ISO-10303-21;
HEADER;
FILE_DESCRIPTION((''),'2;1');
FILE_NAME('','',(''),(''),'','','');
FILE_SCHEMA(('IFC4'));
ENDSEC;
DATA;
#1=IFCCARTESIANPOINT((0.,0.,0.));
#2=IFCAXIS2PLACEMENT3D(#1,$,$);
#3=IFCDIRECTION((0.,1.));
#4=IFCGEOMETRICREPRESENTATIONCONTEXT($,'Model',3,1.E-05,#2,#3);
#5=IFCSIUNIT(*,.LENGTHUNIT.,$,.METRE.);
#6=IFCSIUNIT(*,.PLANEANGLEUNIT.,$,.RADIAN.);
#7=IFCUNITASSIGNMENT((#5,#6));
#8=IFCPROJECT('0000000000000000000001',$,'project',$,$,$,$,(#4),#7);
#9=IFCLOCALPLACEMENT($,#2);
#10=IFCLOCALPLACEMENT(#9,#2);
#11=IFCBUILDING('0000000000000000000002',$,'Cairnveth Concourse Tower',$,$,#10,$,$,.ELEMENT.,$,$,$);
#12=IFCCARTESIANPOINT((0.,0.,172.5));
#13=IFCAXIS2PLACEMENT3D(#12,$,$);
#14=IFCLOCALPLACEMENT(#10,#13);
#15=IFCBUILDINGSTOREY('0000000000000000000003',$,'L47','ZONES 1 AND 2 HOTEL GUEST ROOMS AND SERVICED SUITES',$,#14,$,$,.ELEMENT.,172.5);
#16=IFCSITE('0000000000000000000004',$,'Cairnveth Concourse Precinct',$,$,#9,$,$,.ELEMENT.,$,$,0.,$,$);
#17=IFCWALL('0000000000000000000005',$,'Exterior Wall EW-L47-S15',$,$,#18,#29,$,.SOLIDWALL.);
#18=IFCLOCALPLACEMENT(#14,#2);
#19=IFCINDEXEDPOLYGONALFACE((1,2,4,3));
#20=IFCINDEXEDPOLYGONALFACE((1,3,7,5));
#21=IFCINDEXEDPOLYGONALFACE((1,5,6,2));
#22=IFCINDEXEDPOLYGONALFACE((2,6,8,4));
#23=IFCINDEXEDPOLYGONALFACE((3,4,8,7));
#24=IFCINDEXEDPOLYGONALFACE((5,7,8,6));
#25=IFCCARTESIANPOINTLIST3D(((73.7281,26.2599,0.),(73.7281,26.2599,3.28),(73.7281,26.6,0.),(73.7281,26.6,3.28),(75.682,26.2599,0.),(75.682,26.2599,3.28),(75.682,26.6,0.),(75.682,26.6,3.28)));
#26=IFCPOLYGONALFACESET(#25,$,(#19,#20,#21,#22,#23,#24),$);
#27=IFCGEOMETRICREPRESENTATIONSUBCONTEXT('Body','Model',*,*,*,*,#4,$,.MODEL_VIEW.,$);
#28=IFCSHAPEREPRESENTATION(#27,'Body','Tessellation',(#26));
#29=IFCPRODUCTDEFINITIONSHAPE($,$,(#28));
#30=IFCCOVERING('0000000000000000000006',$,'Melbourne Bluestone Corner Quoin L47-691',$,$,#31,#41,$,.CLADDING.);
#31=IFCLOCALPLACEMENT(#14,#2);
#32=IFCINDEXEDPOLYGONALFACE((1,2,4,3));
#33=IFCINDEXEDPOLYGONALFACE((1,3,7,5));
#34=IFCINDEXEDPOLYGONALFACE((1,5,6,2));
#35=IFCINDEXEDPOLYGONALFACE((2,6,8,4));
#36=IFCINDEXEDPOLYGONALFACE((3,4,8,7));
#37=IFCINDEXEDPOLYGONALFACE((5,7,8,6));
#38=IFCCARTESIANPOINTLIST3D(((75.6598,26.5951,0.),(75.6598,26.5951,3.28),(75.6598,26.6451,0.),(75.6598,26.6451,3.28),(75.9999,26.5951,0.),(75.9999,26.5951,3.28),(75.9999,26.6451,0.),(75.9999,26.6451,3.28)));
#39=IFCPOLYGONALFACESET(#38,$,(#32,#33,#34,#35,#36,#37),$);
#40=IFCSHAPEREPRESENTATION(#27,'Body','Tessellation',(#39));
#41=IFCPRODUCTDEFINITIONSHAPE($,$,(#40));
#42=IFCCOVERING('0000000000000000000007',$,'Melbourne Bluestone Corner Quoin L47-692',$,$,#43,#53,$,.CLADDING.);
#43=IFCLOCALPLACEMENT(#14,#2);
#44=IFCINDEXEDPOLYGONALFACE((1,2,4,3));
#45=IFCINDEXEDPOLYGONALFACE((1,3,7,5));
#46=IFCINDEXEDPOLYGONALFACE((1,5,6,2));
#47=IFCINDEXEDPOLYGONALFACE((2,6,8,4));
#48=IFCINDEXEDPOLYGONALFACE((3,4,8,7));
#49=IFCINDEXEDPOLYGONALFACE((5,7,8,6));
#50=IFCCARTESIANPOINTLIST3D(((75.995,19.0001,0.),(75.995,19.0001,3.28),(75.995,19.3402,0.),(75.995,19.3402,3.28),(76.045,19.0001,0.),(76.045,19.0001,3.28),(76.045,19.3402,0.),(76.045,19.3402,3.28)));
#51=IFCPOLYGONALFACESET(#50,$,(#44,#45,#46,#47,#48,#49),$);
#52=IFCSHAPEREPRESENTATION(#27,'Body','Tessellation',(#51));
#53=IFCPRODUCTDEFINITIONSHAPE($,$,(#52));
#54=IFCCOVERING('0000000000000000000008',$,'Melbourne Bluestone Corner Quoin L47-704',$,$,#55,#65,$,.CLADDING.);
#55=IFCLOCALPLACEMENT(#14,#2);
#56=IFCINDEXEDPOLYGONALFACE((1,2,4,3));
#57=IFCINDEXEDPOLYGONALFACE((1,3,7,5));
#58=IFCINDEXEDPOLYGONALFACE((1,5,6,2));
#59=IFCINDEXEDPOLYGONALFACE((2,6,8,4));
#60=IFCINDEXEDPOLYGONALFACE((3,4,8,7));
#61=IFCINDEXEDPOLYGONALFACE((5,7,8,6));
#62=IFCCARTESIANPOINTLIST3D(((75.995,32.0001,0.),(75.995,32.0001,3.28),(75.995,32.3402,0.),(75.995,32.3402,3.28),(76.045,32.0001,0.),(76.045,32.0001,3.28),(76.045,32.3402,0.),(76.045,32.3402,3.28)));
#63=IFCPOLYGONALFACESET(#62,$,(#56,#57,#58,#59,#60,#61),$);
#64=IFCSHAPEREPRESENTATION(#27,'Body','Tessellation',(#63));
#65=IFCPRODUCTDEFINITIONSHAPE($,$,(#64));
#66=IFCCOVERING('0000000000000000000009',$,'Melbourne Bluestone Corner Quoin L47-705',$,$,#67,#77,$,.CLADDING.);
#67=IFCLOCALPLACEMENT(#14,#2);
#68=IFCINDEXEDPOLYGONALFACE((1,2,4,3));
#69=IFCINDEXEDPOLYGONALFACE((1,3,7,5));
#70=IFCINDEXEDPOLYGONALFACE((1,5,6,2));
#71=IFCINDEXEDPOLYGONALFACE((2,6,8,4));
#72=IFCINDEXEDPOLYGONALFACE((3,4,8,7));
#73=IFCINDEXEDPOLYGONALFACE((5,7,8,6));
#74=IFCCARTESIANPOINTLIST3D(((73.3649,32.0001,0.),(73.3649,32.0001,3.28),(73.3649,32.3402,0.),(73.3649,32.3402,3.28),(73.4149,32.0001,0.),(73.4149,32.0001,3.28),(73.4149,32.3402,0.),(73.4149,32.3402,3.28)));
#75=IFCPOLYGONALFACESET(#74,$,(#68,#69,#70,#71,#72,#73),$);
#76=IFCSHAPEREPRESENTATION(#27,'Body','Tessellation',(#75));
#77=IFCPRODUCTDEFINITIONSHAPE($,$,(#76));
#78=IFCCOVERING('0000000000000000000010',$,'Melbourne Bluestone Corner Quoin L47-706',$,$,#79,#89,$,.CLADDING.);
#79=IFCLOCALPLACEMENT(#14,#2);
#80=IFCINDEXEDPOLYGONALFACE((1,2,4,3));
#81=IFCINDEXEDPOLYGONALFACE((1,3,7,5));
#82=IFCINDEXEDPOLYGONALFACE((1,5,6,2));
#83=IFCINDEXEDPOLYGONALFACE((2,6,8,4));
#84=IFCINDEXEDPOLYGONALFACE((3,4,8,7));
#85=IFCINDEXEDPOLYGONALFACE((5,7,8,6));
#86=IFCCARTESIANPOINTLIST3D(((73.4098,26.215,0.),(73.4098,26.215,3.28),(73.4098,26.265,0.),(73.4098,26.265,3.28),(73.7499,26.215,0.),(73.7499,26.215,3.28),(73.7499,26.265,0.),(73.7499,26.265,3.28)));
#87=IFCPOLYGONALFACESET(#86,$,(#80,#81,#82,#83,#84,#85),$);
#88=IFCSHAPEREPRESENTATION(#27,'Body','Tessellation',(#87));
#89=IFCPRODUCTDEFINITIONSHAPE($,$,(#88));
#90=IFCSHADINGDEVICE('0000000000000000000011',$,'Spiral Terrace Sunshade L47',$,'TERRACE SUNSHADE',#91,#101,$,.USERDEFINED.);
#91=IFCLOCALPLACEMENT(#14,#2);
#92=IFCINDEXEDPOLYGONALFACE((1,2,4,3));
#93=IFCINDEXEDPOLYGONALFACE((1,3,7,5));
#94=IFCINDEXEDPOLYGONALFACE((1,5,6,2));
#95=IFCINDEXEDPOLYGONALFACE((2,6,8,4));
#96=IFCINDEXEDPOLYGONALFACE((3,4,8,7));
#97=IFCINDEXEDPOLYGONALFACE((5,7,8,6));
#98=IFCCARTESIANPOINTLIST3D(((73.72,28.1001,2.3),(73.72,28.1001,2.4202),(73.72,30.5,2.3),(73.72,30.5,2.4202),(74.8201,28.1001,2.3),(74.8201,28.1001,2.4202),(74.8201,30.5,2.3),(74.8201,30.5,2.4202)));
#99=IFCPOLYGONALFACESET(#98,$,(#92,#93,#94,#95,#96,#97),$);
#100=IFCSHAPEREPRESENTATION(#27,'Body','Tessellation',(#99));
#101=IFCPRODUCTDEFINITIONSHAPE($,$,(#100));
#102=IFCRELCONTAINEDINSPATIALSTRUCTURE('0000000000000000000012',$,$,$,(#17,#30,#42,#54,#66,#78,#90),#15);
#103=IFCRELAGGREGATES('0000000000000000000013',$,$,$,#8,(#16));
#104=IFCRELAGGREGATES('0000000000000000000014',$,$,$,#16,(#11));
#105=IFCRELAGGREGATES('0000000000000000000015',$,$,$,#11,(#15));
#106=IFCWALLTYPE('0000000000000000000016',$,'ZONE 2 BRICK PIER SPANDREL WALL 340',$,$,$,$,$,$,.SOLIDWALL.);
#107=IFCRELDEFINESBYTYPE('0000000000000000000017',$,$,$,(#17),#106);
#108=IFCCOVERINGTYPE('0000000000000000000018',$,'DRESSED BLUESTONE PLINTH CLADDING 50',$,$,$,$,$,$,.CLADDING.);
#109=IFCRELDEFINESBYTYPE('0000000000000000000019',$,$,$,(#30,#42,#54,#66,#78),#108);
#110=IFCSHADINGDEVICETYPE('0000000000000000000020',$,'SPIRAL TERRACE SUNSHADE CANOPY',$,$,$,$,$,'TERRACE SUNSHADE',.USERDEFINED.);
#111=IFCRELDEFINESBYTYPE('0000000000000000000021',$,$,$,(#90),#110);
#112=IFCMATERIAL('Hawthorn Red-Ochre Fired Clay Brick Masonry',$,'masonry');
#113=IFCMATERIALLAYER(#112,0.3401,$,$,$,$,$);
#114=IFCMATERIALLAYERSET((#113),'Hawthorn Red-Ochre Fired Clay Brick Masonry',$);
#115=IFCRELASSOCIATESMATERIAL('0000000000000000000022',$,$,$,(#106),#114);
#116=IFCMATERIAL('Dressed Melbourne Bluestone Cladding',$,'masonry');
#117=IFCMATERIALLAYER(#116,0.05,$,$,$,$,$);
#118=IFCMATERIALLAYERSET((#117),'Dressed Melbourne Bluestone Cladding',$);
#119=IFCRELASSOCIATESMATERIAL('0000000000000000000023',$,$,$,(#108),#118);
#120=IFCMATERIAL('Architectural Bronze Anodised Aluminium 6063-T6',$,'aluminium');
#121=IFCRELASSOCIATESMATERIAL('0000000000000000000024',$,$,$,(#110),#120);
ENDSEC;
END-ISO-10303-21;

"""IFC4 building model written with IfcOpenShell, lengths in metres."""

from ifc_helpers import new_model, si_unit, direction, frame, frame_2d, origin, origin_2d, place, context, subcontext, project, spatial, rectangle, extrude, material, layer, layer_set, type_object, element, save


model = new_model("IFC4")

# Units and contexts
model_context = context("Model", 3, precision=1e-05, world=origin(), true_north=direction((0.0, 1.0)))
body_context = subcontext(model_context, "Body", "Model", "MODEL_VIEW")
ifc_project = project(units=[si_unit("LENGTHUNIT", "METRE"), si_unit("PLANEANGLEUNIT", "RADIAN")], contexts=[model_context])

# Site, building, storey
site_placement = place(None, origin())
site = spatial("IfcSite", under=ifc_project, at=site_placement, Name="Cairnveth Concourse Precinct", CompositionType="ELEMENT", RefElevation=0.0)
building_placement = place(site_placement, origin())
building = spatial("IfcBuilding", under=site, at=building_placement, Name="Cairnveth Concourse Tower", CompositionType="ELEMENT")
storey_placement = place(building_placement, frame((0.0, 0.0, 172.5)))
storey = spatial("IfcBuildingStorey", under=building, at=storey_placement, Name="L47", Description="ZONES 1 AND 2 HOTEL GUEST ROOMS AND SERVICED SUITES", CompositionType="ELEMENT", Elevation=172.5)

# Shared definitions
ifc_material_1 = material(Name="Dressed Melbourne Bluestone Cladding", Category="masonry")

# Shared definitions
ifc_material_2 = material(Name="Hawthorn Red-Ochre Fired Clay Brick Masonry", Category="masonry")
ifc_layer_1 = layer(ifc_material_2, 0.3401)
ifc_layer_set_1 = layer_set([ifc_layer_1], Name="Hawthorn Red-Ochre Fired Clay Brick Masonry")
wall_type_1 = type_object("IfcWallType", Name="ZONE 2 BRICK PIER SPANDREL WALL 340", PredefinedType="SOLIDWALL", material=ifc_layer_set_1)

# Shared definitions
ifc_material_3 = material(Name="Architectural Bronze Anodised Aluminium 6063-T6", Category="aluminium")

# Wall
wall_1_placement = place(storey_placement, frame((73.728, 26.4299, 0.0), z_axis=(0.0, 0.0, 1.0), x_axis=(1.0, 0.0, 0.0)))
element("IfcWall", 1, at=wall_1_placement, inside=storey, type_object=wall_type_1, Name="Exterior Wall EW-L47-S15", PredefinedType="SOLIDWALL", context=body_context, shape_type="SweptSolid", body=[
    extrude(rectangle(XDim=1.9539, YDim=0.3401, at=frame_2d((0.9771, 0.0))), origin(), (0.0, 0.0, 1.0), 3.28),
])

# Coverings
ifc_layer_2 = layer(ifc_material_1, 0.05)
ifc_layer_set_2 = layer_set([ifc_layer_2], Name="Dressed Melbourne Bluestone Cladding")
covering_type = type_object("IfcCoveringType", Name="DRESSED BLUESTONE PLINTH CLADDING 50", PredefinedType="CLADDING", material=ifc_layer_set_2)
for number, where, z_axis, x_axis, name in (
    (2, (75.6599, 26.6201, 0.0), (0.0, 0.0, 1.0), (1.0, 0.0, 0.0), "Melbourne Bluestone Corner Quoin L47-691"),
    (3, (76.02, 19.3401, 0.0), (0.0, 0.0, 1.0), (0.0, -1.0, 0.0), "Melbourne Bluestone Corner Quoin L47-692"),
    (4, (76.02, 32.3401, 0.0), (0.0, 0.0, 1.0), (0.0, -1.0, 0.0), "Melbourne Bluestone Corner Quoin L47-704"),
    (5, (73.3899, 32.3401, 0.0), (0.0, 0.0, 1.0), (0.0, -1.0, 0.0), "Melbourne Bluestone Corner Quoin L47-705"),
    (6, (73.4099, 26.24, 0.0), (0.0, 0.0, 1.0), (1.0, 0.0, 0.0), "Melbourne Bluestone Corner Quoin L47-706"),
):
    element("IfcCovering", number, at=place(storey_placement, frame(where, z_axis=z_axis, x_axis=x_axis)), inside=storey, type_object=covering_type, Name=name, PredefinedType="CLADDING", context=body_context, shape_type="SweptSolid", body=[
        extrude(rectangle(XDim=0.3401, YDim=0.05, at=frame_2d((0.1699, 0.0))), origin(), (0.0, 0.0, 1.0), 3.28),
    ])

# Shading device
shading_device_type = type_object("IfcShadingDeviceType", Name="SPIRAL TERRACE SUNSHADE CANOPY", ElementType="TERRACE SUNSHADE", PredefinedType="USERDEFINED", material=ifc_material_3)
shading_device_placement = place(storey_placement, frame((74.27, 29.3, 2.3), z_axis=(0.0, 0.0, 1.0), x_axis=(1.0, 0.0, 0.0)))
element("IfcShadingDevice", 7, at=shading_device_placement, inside=storey, type_object=shading_device_type, Name="Spiral Terrace Sunshade L47", ObjectType="TERRACE SUNSHADE", PredefinedType="USERDEFINED", context=body_context, shape_type="SweptSolid", body=[
    extrude(rectangle(XDim=1.1001, YDim=2.3999, at=origin_2d()), origin(), (0.0, 0.0, 1.0), 0.1201),
])

save(model, "model.ifc")
